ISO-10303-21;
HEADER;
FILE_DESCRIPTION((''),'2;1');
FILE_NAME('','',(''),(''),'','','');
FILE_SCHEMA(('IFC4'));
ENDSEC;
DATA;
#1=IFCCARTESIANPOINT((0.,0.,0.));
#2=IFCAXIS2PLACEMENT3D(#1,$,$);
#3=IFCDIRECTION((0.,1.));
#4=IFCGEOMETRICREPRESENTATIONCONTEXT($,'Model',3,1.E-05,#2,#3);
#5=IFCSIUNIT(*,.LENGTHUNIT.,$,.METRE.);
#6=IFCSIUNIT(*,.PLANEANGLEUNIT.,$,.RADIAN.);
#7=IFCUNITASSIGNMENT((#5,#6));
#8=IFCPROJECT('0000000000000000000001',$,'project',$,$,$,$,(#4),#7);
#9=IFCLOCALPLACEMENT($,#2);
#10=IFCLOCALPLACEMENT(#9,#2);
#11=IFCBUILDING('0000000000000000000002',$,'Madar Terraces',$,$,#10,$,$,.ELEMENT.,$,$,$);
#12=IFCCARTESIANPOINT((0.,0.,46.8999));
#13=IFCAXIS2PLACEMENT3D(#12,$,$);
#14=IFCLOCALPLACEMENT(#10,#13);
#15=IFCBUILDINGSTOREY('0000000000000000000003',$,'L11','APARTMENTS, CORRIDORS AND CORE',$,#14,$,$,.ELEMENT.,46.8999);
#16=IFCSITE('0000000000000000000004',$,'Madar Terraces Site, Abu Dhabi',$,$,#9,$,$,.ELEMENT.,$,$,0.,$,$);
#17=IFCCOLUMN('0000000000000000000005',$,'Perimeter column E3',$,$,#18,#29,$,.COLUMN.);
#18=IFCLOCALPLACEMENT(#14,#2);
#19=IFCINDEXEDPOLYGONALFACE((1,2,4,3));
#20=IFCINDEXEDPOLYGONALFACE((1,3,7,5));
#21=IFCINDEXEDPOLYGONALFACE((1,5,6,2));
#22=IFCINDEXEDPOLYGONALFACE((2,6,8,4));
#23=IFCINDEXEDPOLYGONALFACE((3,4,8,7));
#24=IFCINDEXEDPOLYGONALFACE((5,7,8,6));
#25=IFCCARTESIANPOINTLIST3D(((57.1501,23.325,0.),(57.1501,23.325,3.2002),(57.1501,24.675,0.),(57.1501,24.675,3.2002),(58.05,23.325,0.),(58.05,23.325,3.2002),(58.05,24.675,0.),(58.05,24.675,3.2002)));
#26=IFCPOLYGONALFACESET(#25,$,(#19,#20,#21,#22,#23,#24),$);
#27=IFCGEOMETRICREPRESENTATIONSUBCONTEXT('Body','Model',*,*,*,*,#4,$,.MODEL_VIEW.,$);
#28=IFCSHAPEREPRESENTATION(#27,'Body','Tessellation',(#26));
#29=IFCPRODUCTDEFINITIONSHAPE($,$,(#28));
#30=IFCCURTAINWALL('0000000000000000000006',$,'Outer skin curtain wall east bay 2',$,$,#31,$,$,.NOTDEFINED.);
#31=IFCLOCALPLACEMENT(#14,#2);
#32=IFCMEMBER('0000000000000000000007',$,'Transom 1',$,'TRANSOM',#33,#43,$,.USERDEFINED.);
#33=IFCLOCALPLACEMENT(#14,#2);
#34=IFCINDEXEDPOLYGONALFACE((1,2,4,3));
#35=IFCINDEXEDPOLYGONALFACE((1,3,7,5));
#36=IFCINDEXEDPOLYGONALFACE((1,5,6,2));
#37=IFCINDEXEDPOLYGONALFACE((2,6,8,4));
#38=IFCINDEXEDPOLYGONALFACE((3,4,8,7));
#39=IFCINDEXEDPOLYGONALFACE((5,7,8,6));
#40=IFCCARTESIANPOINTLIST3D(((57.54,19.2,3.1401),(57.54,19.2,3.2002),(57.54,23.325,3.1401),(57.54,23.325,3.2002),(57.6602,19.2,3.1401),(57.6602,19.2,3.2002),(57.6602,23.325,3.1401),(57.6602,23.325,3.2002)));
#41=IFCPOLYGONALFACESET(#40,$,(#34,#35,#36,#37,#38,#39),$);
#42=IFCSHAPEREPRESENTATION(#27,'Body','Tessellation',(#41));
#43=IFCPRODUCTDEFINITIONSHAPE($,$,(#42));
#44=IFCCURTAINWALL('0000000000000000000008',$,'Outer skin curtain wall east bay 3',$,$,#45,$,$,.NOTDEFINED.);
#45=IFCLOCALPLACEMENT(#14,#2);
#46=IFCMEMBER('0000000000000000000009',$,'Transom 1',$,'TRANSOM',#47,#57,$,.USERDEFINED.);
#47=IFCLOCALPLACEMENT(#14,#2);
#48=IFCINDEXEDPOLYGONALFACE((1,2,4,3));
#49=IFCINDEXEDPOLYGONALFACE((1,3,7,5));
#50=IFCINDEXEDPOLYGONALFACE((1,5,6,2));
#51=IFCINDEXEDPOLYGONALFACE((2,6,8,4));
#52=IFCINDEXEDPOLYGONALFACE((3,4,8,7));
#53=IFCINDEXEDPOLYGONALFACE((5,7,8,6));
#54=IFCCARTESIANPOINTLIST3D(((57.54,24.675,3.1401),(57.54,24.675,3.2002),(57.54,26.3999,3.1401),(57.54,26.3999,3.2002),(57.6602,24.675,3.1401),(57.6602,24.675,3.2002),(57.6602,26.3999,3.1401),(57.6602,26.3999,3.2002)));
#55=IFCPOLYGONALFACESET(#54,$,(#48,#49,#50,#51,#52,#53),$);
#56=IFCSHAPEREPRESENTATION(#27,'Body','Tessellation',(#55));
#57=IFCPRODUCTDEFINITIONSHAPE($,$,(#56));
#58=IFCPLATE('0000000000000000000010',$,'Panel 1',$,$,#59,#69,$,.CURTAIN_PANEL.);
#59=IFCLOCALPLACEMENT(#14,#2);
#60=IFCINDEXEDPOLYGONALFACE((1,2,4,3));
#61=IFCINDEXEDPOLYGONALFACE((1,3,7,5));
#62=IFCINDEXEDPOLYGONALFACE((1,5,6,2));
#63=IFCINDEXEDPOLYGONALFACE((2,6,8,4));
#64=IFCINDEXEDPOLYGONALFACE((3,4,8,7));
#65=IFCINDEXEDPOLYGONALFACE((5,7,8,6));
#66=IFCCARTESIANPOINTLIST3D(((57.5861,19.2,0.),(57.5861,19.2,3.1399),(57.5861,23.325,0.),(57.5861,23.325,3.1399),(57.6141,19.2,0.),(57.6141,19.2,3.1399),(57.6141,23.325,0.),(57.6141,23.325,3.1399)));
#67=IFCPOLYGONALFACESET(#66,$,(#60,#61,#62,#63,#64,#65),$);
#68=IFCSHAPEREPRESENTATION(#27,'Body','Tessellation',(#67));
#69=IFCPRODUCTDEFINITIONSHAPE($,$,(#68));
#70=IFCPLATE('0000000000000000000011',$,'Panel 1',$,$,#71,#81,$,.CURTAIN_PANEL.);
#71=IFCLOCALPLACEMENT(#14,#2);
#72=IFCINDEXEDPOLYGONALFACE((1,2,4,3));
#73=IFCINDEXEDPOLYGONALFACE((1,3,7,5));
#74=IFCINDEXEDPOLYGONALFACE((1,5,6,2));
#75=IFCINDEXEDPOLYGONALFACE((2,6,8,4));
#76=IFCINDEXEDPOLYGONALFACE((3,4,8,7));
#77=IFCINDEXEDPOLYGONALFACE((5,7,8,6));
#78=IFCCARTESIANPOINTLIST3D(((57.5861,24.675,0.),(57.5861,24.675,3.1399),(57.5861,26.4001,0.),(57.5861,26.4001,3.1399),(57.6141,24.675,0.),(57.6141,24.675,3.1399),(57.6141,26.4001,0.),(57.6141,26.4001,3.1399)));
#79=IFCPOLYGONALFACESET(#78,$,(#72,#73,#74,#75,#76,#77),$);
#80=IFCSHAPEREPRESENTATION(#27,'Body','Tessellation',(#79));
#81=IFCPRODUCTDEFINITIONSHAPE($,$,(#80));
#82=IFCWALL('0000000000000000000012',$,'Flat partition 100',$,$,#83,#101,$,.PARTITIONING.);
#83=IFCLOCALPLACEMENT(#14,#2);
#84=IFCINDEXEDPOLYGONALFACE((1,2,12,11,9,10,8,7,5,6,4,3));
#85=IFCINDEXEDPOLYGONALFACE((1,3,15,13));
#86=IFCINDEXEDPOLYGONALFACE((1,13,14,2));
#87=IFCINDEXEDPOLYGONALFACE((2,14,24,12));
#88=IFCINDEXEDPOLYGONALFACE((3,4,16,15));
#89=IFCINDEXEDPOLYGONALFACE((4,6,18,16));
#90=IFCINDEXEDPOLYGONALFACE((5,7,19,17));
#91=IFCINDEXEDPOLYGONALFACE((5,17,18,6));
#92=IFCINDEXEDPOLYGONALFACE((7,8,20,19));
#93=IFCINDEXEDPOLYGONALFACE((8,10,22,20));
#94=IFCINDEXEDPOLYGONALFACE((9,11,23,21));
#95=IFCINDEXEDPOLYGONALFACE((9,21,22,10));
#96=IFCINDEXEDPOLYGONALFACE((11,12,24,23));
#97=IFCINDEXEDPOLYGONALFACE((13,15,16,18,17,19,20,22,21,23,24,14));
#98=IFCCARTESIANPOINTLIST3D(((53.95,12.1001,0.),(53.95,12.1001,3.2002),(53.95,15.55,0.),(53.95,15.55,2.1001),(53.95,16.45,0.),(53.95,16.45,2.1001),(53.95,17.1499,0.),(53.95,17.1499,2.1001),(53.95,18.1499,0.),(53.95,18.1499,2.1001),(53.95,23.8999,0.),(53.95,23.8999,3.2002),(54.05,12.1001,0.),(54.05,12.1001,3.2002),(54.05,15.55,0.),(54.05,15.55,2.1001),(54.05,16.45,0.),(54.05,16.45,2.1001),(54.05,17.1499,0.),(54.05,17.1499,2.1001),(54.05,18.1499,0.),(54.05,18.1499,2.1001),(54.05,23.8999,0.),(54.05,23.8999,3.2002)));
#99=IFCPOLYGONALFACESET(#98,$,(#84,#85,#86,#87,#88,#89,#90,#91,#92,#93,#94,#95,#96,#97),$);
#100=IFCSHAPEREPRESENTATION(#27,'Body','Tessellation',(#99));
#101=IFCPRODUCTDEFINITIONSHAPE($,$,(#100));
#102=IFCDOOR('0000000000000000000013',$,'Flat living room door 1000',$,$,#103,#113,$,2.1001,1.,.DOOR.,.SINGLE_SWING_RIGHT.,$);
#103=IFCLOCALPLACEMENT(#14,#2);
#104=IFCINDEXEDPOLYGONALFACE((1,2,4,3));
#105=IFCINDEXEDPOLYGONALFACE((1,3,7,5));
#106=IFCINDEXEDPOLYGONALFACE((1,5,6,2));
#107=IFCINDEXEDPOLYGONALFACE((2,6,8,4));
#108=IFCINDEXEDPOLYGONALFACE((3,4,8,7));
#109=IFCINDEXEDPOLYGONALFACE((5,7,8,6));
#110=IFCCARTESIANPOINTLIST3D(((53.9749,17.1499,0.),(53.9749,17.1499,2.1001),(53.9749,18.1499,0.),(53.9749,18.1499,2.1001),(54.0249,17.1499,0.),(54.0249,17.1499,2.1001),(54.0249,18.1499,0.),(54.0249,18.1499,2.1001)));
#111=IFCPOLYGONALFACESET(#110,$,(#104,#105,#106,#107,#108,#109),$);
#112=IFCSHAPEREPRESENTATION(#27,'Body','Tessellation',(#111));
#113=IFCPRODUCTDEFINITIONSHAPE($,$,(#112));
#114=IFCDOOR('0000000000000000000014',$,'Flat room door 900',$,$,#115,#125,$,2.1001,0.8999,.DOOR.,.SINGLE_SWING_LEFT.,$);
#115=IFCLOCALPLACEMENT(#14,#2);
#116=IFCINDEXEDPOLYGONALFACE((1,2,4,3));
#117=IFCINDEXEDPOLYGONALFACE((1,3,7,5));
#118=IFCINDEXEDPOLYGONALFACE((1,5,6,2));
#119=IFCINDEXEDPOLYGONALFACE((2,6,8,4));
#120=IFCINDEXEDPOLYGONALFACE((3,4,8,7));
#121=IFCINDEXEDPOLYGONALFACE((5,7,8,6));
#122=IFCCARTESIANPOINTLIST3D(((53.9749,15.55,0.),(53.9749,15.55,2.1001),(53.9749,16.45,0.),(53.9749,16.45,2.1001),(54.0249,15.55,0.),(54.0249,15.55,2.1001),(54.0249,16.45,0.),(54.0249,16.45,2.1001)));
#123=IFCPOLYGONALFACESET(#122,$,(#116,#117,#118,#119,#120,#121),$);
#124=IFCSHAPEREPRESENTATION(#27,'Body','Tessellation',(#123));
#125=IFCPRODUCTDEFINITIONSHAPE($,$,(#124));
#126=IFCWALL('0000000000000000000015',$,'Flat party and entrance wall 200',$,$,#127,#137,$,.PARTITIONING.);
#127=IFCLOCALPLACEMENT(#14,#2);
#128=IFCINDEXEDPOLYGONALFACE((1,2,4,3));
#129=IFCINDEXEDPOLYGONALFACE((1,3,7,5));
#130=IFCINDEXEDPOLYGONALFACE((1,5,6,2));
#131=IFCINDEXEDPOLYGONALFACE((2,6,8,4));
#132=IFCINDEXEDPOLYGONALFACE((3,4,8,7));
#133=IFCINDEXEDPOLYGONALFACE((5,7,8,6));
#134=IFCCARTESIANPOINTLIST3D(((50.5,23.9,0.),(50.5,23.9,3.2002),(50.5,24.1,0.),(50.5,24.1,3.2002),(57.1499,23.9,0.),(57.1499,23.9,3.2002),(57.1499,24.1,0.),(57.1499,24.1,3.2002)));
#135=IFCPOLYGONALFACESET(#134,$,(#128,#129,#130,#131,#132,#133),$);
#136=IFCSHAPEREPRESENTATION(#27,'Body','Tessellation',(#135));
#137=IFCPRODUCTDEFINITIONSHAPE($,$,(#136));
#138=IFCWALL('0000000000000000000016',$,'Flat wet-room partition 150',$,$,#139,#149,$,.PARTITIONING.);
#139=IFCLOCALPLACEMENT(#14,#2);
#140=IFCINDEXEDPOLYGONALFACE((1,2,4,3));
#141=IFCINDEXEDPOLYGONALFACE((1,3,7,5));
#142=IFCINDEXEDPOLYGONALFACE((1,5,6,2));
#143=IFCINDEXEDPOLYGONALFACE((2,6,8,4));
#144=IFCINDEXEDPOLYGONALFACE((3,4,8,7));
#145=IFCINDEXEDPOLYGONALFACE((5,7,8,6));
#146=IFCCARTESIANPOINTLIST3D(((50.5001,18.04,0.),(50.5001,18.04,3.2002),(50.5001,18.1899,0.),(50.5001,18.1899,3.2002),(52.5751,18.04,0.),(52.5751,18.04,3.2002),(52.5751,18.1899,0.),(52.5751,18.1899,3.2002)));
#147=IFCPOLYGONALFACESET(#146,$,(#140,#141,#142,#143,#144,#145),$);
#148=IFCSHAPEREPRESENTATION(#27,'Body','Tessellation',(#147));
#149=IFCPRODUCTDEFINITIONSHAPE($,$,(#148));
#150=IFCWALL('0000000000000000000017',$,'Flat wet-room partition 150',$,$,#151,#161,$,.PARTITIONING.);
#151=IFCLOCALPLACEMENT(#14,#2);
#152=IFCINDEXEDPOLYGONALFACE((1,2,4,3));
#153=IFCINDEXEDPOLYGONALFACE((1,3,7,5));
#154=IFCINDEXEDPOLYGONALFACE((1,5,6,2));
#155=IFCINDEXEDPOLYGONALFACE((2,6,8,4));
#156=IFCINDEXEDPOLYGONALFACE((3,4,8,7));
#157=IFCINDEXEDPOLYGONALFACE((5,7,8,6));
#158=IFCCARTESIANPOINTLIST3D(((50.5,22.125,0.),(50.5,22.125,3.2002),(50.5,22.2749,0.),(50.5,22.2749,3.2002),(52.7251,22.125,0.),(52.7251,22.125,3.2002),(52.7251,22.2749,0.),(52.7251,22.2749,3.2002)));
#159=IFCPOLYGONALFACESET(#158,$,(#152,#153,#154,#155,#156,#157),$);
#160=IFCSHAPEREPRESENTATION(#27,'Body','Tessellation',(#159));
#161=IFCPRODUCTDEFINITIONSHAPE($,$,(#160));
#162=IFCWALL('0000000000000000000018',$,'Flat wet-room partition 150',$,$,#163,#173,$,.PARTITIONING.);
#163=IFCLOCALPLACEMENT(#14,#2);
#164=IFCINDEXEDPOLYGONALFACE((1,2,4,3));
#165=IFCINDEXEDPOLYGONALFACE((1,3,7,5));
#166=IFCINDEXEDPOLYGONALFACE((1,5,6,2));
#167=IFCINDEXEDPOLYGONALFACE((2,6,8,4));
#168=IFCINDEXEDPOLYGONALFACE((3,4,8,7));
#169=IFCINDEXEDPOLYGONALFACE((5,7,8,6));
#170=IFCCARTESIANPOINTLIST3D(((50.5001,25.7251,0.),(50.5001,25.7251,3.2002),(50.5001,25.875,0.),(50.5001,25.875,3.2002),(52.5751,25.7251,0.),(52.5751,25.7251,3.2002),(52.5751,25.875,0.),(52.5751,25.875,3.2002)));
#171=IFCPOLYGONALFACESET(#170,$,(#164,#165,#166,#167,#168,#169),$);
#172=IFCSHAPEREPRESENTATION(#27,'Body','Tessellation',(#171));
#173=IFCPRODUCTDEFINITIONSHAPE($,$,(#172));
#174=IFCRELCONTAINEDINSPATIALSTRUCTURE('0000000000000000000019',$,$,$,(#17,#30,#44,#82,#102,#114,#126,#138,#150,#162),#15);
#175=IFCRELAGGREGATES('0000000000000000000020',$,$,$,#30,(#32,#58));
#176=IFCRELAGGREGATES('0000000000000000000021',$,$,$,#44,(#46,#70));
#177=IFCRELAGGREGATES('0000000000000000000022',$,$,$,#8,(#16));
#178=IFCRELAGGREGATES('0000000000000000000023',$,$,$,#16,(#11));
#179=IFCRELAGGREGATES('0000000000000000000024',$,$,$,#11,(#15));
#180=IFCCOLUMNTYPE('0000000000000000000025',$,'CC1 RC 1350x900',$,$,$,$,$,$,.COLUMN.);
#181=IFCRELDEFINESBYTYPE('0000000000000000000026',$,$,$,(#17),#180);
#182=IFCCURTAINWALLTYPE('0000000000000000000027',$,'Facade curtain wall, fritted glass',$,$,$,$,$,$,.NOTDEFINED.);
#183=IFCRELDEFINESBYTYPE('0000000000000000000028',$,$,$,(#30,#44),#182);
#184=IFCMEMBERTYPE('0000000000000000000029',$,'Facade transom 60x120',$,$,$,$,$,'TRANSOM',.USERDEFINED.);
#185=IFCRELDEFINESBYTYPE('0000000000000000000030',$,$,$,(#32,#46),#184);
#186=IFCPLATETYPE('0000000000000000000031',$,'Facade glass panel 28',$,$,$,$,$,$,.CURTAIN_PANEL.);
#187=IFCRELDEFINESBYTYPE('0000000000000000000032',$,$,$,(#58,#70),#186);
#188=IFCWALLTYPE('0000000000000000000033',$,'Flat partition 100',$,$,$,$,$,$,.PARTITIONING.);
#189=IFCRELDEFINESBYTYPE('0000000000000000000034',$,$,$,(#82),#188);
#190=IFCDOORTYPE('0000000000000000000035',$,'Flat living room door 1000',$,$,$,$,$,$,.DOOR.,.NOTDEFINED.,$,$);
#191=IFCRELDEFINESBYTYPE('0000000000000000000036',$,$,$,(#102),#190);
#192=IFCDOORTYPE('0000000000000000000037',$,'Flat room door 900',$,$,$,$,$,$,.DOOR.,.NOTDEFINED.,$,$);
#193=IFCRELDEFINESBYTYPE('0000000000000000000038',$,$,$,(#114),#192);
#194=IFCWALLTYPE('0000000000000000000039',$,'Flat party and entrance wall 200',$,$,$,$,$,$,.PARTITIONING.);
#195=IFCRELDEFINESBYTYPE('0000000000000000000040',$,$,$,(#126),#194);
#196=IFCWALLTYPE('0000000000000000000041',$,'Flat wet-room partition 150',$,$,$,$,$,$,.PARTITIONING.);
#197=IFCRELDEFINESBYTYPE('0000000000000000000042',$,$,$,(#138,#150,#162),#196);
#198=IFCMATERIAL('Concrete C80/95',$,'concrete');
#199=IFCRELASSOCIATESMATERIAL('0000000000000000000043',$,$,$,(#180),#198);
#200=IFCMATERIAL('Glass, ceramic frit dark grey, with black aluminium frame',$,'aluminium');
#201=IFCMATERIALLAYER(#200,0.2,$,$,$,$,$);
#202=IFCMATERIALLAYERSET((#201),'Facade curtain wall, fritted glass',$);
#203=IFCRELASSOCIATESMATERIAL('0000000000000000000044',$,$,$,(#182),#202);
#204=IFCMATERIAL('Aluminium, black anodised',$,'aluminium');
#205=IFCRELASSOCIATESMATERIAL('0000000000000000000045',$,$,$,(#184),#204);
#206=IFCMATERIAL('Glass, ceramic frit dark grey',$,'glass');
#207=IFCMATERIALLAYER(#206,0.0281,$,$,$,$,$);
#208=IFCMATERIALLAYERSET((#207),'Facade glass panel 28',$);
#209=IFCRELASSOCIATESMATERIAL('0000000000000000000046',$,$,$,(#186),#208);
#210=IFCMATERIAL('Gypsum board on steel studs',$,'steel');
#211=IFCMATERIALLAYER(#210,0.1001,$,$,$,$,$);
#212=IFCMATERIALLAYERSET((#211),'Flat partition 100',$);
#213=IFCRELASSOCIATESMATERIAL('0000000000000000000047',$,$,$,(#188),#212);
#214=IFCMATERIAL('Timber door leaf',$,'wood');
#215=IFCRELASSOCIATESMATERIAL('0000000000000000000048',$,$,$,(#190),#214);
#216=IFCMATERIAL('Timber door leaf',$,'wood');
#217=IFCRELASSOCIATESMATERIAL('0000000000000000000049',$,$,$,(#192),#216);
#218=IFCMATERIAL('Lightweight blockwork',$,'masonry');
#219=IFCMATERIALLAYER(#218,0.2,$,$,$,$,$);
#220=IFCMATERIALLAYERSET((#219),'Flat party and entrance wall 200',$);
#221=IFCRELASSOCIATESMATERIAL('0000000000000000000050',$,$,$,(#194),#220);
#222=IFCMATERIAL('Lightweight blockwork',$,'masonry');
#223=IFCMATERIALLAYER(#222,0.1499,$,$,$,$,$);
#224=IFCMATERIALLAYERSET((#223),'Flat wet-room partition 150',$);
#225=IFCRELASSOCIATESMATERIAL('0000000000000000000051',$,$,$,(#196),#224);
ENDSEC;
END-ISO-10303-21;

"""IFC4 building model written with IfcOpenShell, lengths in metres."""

from ifc_helpers import new_model, si_unit, direction, frame, frame_2d, origin, origin_2d, place, context, subcontext, project, spatial, rectangle, extrude, material, layer, layer_set, material_profile, profile_set, type_object, element, fill, aggregate, save


model = new_model("IFC4")

# Units and contexts
model_context = context("Model", 3, precision=1e-05, world=origin(), true_north=direction((0.0, 1.0)))
body_context = subcontext(model_context, "Body", "Model", "MODEL_VIEW")
ifc_project = project(units=[si_unit("LENGTHUNIT", "METRE"), si_unit("PLANEANGLEUNIT", "RADIAN")], contexts=[model_context])

# Site, building, storey
site_placement = place(None, origin())
site = spatial("IfcSite", under=ifc_project, at=site_placement, Name="Madar Terraces Site, Abu Dhabi", CompositionType="ELEMENT", RefElevation=0.0)
building_placement = place(site_placement, origin())
building = spatial("IfcBuilding", under=site, at=building_placement, Name="Madar Terraces", CompositionType="ELEMENT")
storey_placement = place(building_placement, frame((0.0, 0.0, 46.8999)))
storey = spatial("IfcBuildingStorey", under=building, at=storey_placement, Name="L11", Description="APARTMENTS, CORRIDORS AND CORE", CompositionType="ELEMENT", Elevation=46.8999)

# Column
ifc_material_1 = material(Name="Concrete C80/95", Category="concrete")
ifc_material_profile_1 = material_profile(ifc_material_1, rectangle(XDim=1.3501, YDim=0.8999, at=origin_2d()), Name="CC1 RC 1350x900")
ifc_profile_set_1 = profile_set([ifc_material_profile_1], Name="Concrete C80/95")
column_type = type_object("IfcColumnType", Name="CC1 RC 1350x900", PredefinedType="COLUMN", material=ifc_profile_set_1)
column_placement = place(storey_placement, frame((57.6001, 24.0, 0.0), z_axis=(0.0, 0.0, 1.0), x_axis=(0.0, 1.0, 0.0)))
element("IfcColumn", 1, at=column_placement, inside=storey, type_object=column_type, Name="Perimeter column E3", PredefinedType="COLUMN", context=body_context, shape_type="SweptSolid", body=[
    extrude(rectangle(XDim=1.3501, YDim=0.8999, at=origin_2d()), origin(), (0.0, 0.0, 1.0), 3.2002),
])

# Curtain walls, members
ifc_material_2 = material(Name="Glass, ceramic frit dark grey, with black aluminium frame", Category="aluminium")
ifc_layer_1 = layer(ifc_material_2, 0.2)
ifc_layer_set_1 = layer_set([ifc_layer_1], Name="Facade curtain wall, fritted glass")
curtain_wall_type = type_object("IfcCurtainWallType", Name="Facade curtain wall, fritted glass", PredefinedType="NOTDEFINED", material=ifc_layer_set_1)
curtain_wall_1_placement = place(storey_placement, origin())
curtain_wall_1 = element("IfcCurtainWall", 2, at=curtain_wall_1_placement, inside=storey, type_object=curtain_wall_type, Name="Outer skin curtain wall east bay 2", PredefinedType="NOTDEFINED")
ifc_material_3 = material(Name="Aluminium, black anodised", Category="aluminium")
ifc_material_profile_2 = material_profile(ifc_material_3, rectangle(XDim=0.1201, YDim=0.0601, at=origin_2d()), Name="Facade transom 60x120")
ifc_profile_set_2 = profile_set([ifc_material_profile_2], Name="Aluminium, black anodised")
member_type = type_object("IfcMemberType", Name="Facade transom 60x120", ElementType="TRANSOM", PredefinedType="USERDEFINED", material=ifc_profile_set_2)
member_1_placement = place(storey_placement, frame((57.6001, 19.2, 3.1702), z_axis=(0.0, 1.0, 0.0), x_axis=(-1.0, 0.0, 0.0)))
member_1 = element("IfcMember", 3, at=member_1_placement, type_object=member_type, Name="Transom 1", ObjectType="TRANSOM", PredefinedType="USERDEFINED", context=body_context, shape_type="SweptSolid", body=[
    extrude(rectangle(XDim=0.1201, YDim=0.0601, at=origin_2d()), origin(), (0.0, 0.0, 1.0), 4.125),
])
curtain_wall_2_placement = place(storey_placement, origin())
curtain_wall_2 = element("IfcCurtainWall", 4, at=curtain_wall_2_placement, inside=storey, type_object=curtain_wall_type, Name="Outer skin curtain wall east bay 3", PredefinedType="NOTDEFINED")
member_2_placement = place(storey_placement, frame((57.6001, 24.675, 3.1702), z_axis=(0.0, 1.0, 0.0), x_axis=(-1.0, 0.0, 0.0)))
member_2 = element("IfcMember", 5, at=member_2_placement, type_object=member_type, Name="Transom 1", ObjectType="TRANSOM", PredefinedType="USERDEFINED", context=body_context, shape_type="SweptSolid", body=[
    extrude(rectangle(XDim=0.1201, YDim=0.0601, at=origin_2d()), origin(), (0.0, 0.0, 1.0), 1.7249),
])

# Plates
ifc_material_4 = material(Name="Glass, ceramic frit dark grey", Category="glass")
ifc_layer_2 = layer(ifc_material_4, 0.0281)
ifc_layer_set_2 = layer_set([ifc_layer_2], Name="Facade glass panel 28")
plate_type = type_object("IfcPlateType", Name="Facade glass panel 28", PredefinedType="CURTAIN_PANEL", material=ifc_layer_set_2)
plate_1_placement = place(storey_placement, frame((57.6001, 21.2625, 0.0), z_axis=(0.0, 0.0, 1.0), x_axis=(0.0, 1.0, 0.0)))
plate_1 = element("IfcPlate", 6, at=plate_1_placement, type_object=plate_type, Name="Panel 1", PredefinedType="CURTAIN_PANEL", context=body_context, shape_type="SweptSolid", body=[
    extrude(rectangle(XDim=4.125, YDim=0.0281, at=origin_2d()), origin(), (0.0, 0.0, 1.0), 3.1399),
])
aggregate(curtain_wall_1, [member_1, plate_1])
plate_2_placement = place(storey_placement, frame((57.6001, 25.5376, 0.0), z_axis=(0.0, 0.0, 1.0), x_axis=(0.0, 1.0, 0.0)))
plate_2 = element("IfcPlate", 7, at=plate_2_placement, type_object=plate_type, Name="Panel 1", PredefinedType="CURTAIN_PANEL", context=body_context, shape_type="SweptSolid", body=[
    extrude(rectangle(XDim=1.7251, YDim=0.0281, at=origin_2d()), origin(), (0.0, 0.0, 1.0), 3.1399),
])
aggregate(curtain_wall_2, [member_2, plate_2])

# Wall, openings, doors
ifc_material_5 = material(Name="Gypsum board on steel studs", Category="steel")
ifc_layer_3 = layer(ifc_material_5, 0.1001)
ifc_layer_set_3 = layer_set([ifc_layer_3], Name="Flat partition 100")
wall_type_1 = type_object("IfcWallType", Name="Flat partition 100", PredefinedType="PARTITIONING", material=ifc_layer_set_3)
wall_1_placement = place(storey_placement, frame((54.0, 23.8999, 0.0), z_axis=(0.0, 0.0, 1.0), x_axis=(0.0, -1.0, 0.0)))
wall_1 = element("IfcWall", 8, at=wall_1_placement, inside=storey, type_object=wall_type_1, Name="Flat partition 100", PredefinedType="PARTITIONING", context=body_context, shape_type="SweptSolid", body=[
    extrude(rectangle(XDim=11.7998, YDim=0.1001, at=frame_2d((5.8999, 0.0))), origin(), (0.0, 0.0, 1.0), 3.2002),
])
opening_1_placement = place(wall_1_placement, frame((5.75, 0.0, 0.0)))
opening_1 = element("IfcOpeningElement", 9, at=opening_1_placement, cuts=wall_1, PredefinedType="OPENING", context=body_context, shape_type="SweptSolid", body=[
    extrude(rectangle(XDim=1.0, YDim=2.1001, at=frame_2d((0.5, 1.05))), frame((0.0, 0.0601, 0.0), z_axis=(0.0, -1.0, 0.0), x_axis=(1.0, 0.0, 0.0)), (0.0, 0.0, 1.0), 0.1201),
])
opening_2_placement = place(wall_1_placement, frame((7.45, 0.0, 0.0)))
opening_2 = element("IfcOpeningElement", 10, at=opening_2_placement, cuts=wall_1, PredefinedType="OPENING", context=body_context, shape_type="SweptSolid", body=[
    extrude(rectangle(XDim=0.8999, YDim=2.1001, at=frame_2d((0.45, 1.05))), frame((0.0, 0.0601, 0.0), z_axis=(0.0, -1.0, 0.0), x_axis=(1.0, 0.0, 0.0)), (0.0, 0.0, 1.0), 0.1201),
])
ifc_material_6 = material(Name="Timber door leaf", Category="wood")
door_type_1 = type_object("IfcDoorType", Name="Flat living room door 1000", OperationType="NOTDEFINED", PredefinedType="DOOR", material=ifc_material_6)
door_1_placement = place(opening_1_placement, origin())
door_1 = element("IfcDoor", 11, at=door_1_placement, inside=storey, type_object=door_type_1, Name="Flat living room door 1000", OperationType="SINGLE_SWING_RIGHT", OverallHeight=2.1001, OverallWidth=1.0, PredefinedType="DOOR", context=body_context, shape_type="SweptSolid", body=[
    extrude(rectangle(XDim=1.0, YDim=2.1001, at=frame_2d((0.5, 1.05))), frame((0.0, 0.0249, 0.0), z_axis=(0.0, -1.0, 0.0), x_axis=(1.0, 0.0, 0.0)), (0.0, 0.0, 1.0), 0.05),
])
fill(opening_1, door_1)
ifc_material_7 = material(Name="Timber door leaf", Category="wood")
door_type_2 = type_object("IfcDoorType", Name="Flat room door 900", OperationType="NOTDEFINED", PredefinedType="DOOR", material=ifc_material_7)
door_2_placement = place(opening_2_placement, origin())
door_2 = element("IfcDoor", 12, at=door_2_placement, inside=storey, type_object=door_type_2, Name="Flat room door 900", OperationType="SINGLE_SWING_LEFT", OverallHeight=2.1001, OverallWidth=0.8999, PredefinedType="DOOR", context=body_context, shape_type="SweptSolid", body=[
    extrude(rectangle(XDim=0.8999, YDim=2.1001, at=frame_2d((0.45, 1.05))), frame((0.0, 0.0249, 0.0), z_axis=(0.0, -1.0, 0.0), x_axis=(1.0, 0.0, 0.0)), (0.0, 0.0, 1.0), 0.05),
])
fill(opening_2, door_2)

# Walls
ifc_material_8 = material(Name="Lightweight blockwork", Category="masonry")
ifc_layer_4 = layer(ifc_material_8, 0.2)
ifc_layer_set_4 = layer_set([ifc_layer_4], Name="Flat party and entrance wall 200")
wall_type_2 = type_object("IfcWallType", Name="Flat party and entrance wall 200", PredefinedType="PARTITIONING", material=ifc_layer_set_4)
wall_2_placement = place(storey_placement, frame((50.5, 24.0, 0.0), z_axis=(0.0, 0.0, 1.0), x_axis=(1.0, 0.0, 0.0)))
element("IfcWall", 13, at=wall_2_placement, inside=storey, type_object=wall_type_2, Name="Flat party and entrance wall 200", PredefinedType="PARTITIONING", context=body_context, shape_type="SweptSolid", body=[
    extrude(rectangle(XDim=6.6499, YDim=0.2, at=frame_2d((3.325, 0.0))), origin(), (0.0, 0.0, 1.0), 3.2002),
])
ifc_material_9 = material(Name="Lightweight blockwork", Category="masonry")
ifc_layer_5 = layer(ifc_material_9, 0.1499)
ifc_layer_set_5 = layer_set([ifc_layer_5], Name="Flat wet-room partition 150")
wall_type_3 = type_object("IfcWallType", Name="Flat wet-room partition 150", PredefinedType="PARTITIONING", material=ifc_layer_set_5)
wall_3_placement = place(storey_placement, frame((50.5, 18.115, 0.0), z_axis=(0.0, 0.0, 1.0), x_axis=(1.0, 0.0, 0.0)))
element("IfcWall", 14, at=wall_3_placement, inside=storey, type_object=wall_type_3, Name="Flat wet-room partition 150", PredefinedType="PARTITIONING", context=body_context, shape_type="SweptSolid", body=[
    extrude(rectangle(XDim=2.075, YDim=0.1499, at=frame_2d((1.0376, 0.0))), origin(), (0.0, 0.0, 1.0), 3.2002),
])
wall_4_placement = place(storey_placement, frame((50.5, 22.2, 0.0), z_axis=(0.0, 0.0, 1.0), x_axis=(1.0, 0.0, 0.0)))
element("IfcWall", 15, at=wall_4_placement, inside=storey, type_object=wall_type_3, Name="Flat wet-room partition 150", PredefinedType="PARTITIONING", context=body_context, shape_type="SweptSolid", body=[
    extrude(rectangle(XDim=2.2251, YDim=0.1499, at=frame_2d((1.1125, 0.0))), origin(), (0.0, 0.0, 1.0), 3.2002),
])
wall_5_placement = place(storey_placement, frame((50.5, 25.8, 0.0), z_axis=(0.0, 0.0, 1.0), x_axis=(1.0, 0.0, 0.0)))
element("IfcWall", 16, at=wall_5_placement, inside=storey, type_object=wall_type_3, Name="Flat wet-room partition 150", PredefinedType="PARTITIONING", context=body_context, shape_type="SweptSolid", body=[
    extrude(rectangle(XDim=2.075, YDim=0.1499, at=frame_2d((1.0376, 0.0))), origin(), (0.0, 0.0, 1.0), 3.2002),
])

save(model, "model.ifc")
